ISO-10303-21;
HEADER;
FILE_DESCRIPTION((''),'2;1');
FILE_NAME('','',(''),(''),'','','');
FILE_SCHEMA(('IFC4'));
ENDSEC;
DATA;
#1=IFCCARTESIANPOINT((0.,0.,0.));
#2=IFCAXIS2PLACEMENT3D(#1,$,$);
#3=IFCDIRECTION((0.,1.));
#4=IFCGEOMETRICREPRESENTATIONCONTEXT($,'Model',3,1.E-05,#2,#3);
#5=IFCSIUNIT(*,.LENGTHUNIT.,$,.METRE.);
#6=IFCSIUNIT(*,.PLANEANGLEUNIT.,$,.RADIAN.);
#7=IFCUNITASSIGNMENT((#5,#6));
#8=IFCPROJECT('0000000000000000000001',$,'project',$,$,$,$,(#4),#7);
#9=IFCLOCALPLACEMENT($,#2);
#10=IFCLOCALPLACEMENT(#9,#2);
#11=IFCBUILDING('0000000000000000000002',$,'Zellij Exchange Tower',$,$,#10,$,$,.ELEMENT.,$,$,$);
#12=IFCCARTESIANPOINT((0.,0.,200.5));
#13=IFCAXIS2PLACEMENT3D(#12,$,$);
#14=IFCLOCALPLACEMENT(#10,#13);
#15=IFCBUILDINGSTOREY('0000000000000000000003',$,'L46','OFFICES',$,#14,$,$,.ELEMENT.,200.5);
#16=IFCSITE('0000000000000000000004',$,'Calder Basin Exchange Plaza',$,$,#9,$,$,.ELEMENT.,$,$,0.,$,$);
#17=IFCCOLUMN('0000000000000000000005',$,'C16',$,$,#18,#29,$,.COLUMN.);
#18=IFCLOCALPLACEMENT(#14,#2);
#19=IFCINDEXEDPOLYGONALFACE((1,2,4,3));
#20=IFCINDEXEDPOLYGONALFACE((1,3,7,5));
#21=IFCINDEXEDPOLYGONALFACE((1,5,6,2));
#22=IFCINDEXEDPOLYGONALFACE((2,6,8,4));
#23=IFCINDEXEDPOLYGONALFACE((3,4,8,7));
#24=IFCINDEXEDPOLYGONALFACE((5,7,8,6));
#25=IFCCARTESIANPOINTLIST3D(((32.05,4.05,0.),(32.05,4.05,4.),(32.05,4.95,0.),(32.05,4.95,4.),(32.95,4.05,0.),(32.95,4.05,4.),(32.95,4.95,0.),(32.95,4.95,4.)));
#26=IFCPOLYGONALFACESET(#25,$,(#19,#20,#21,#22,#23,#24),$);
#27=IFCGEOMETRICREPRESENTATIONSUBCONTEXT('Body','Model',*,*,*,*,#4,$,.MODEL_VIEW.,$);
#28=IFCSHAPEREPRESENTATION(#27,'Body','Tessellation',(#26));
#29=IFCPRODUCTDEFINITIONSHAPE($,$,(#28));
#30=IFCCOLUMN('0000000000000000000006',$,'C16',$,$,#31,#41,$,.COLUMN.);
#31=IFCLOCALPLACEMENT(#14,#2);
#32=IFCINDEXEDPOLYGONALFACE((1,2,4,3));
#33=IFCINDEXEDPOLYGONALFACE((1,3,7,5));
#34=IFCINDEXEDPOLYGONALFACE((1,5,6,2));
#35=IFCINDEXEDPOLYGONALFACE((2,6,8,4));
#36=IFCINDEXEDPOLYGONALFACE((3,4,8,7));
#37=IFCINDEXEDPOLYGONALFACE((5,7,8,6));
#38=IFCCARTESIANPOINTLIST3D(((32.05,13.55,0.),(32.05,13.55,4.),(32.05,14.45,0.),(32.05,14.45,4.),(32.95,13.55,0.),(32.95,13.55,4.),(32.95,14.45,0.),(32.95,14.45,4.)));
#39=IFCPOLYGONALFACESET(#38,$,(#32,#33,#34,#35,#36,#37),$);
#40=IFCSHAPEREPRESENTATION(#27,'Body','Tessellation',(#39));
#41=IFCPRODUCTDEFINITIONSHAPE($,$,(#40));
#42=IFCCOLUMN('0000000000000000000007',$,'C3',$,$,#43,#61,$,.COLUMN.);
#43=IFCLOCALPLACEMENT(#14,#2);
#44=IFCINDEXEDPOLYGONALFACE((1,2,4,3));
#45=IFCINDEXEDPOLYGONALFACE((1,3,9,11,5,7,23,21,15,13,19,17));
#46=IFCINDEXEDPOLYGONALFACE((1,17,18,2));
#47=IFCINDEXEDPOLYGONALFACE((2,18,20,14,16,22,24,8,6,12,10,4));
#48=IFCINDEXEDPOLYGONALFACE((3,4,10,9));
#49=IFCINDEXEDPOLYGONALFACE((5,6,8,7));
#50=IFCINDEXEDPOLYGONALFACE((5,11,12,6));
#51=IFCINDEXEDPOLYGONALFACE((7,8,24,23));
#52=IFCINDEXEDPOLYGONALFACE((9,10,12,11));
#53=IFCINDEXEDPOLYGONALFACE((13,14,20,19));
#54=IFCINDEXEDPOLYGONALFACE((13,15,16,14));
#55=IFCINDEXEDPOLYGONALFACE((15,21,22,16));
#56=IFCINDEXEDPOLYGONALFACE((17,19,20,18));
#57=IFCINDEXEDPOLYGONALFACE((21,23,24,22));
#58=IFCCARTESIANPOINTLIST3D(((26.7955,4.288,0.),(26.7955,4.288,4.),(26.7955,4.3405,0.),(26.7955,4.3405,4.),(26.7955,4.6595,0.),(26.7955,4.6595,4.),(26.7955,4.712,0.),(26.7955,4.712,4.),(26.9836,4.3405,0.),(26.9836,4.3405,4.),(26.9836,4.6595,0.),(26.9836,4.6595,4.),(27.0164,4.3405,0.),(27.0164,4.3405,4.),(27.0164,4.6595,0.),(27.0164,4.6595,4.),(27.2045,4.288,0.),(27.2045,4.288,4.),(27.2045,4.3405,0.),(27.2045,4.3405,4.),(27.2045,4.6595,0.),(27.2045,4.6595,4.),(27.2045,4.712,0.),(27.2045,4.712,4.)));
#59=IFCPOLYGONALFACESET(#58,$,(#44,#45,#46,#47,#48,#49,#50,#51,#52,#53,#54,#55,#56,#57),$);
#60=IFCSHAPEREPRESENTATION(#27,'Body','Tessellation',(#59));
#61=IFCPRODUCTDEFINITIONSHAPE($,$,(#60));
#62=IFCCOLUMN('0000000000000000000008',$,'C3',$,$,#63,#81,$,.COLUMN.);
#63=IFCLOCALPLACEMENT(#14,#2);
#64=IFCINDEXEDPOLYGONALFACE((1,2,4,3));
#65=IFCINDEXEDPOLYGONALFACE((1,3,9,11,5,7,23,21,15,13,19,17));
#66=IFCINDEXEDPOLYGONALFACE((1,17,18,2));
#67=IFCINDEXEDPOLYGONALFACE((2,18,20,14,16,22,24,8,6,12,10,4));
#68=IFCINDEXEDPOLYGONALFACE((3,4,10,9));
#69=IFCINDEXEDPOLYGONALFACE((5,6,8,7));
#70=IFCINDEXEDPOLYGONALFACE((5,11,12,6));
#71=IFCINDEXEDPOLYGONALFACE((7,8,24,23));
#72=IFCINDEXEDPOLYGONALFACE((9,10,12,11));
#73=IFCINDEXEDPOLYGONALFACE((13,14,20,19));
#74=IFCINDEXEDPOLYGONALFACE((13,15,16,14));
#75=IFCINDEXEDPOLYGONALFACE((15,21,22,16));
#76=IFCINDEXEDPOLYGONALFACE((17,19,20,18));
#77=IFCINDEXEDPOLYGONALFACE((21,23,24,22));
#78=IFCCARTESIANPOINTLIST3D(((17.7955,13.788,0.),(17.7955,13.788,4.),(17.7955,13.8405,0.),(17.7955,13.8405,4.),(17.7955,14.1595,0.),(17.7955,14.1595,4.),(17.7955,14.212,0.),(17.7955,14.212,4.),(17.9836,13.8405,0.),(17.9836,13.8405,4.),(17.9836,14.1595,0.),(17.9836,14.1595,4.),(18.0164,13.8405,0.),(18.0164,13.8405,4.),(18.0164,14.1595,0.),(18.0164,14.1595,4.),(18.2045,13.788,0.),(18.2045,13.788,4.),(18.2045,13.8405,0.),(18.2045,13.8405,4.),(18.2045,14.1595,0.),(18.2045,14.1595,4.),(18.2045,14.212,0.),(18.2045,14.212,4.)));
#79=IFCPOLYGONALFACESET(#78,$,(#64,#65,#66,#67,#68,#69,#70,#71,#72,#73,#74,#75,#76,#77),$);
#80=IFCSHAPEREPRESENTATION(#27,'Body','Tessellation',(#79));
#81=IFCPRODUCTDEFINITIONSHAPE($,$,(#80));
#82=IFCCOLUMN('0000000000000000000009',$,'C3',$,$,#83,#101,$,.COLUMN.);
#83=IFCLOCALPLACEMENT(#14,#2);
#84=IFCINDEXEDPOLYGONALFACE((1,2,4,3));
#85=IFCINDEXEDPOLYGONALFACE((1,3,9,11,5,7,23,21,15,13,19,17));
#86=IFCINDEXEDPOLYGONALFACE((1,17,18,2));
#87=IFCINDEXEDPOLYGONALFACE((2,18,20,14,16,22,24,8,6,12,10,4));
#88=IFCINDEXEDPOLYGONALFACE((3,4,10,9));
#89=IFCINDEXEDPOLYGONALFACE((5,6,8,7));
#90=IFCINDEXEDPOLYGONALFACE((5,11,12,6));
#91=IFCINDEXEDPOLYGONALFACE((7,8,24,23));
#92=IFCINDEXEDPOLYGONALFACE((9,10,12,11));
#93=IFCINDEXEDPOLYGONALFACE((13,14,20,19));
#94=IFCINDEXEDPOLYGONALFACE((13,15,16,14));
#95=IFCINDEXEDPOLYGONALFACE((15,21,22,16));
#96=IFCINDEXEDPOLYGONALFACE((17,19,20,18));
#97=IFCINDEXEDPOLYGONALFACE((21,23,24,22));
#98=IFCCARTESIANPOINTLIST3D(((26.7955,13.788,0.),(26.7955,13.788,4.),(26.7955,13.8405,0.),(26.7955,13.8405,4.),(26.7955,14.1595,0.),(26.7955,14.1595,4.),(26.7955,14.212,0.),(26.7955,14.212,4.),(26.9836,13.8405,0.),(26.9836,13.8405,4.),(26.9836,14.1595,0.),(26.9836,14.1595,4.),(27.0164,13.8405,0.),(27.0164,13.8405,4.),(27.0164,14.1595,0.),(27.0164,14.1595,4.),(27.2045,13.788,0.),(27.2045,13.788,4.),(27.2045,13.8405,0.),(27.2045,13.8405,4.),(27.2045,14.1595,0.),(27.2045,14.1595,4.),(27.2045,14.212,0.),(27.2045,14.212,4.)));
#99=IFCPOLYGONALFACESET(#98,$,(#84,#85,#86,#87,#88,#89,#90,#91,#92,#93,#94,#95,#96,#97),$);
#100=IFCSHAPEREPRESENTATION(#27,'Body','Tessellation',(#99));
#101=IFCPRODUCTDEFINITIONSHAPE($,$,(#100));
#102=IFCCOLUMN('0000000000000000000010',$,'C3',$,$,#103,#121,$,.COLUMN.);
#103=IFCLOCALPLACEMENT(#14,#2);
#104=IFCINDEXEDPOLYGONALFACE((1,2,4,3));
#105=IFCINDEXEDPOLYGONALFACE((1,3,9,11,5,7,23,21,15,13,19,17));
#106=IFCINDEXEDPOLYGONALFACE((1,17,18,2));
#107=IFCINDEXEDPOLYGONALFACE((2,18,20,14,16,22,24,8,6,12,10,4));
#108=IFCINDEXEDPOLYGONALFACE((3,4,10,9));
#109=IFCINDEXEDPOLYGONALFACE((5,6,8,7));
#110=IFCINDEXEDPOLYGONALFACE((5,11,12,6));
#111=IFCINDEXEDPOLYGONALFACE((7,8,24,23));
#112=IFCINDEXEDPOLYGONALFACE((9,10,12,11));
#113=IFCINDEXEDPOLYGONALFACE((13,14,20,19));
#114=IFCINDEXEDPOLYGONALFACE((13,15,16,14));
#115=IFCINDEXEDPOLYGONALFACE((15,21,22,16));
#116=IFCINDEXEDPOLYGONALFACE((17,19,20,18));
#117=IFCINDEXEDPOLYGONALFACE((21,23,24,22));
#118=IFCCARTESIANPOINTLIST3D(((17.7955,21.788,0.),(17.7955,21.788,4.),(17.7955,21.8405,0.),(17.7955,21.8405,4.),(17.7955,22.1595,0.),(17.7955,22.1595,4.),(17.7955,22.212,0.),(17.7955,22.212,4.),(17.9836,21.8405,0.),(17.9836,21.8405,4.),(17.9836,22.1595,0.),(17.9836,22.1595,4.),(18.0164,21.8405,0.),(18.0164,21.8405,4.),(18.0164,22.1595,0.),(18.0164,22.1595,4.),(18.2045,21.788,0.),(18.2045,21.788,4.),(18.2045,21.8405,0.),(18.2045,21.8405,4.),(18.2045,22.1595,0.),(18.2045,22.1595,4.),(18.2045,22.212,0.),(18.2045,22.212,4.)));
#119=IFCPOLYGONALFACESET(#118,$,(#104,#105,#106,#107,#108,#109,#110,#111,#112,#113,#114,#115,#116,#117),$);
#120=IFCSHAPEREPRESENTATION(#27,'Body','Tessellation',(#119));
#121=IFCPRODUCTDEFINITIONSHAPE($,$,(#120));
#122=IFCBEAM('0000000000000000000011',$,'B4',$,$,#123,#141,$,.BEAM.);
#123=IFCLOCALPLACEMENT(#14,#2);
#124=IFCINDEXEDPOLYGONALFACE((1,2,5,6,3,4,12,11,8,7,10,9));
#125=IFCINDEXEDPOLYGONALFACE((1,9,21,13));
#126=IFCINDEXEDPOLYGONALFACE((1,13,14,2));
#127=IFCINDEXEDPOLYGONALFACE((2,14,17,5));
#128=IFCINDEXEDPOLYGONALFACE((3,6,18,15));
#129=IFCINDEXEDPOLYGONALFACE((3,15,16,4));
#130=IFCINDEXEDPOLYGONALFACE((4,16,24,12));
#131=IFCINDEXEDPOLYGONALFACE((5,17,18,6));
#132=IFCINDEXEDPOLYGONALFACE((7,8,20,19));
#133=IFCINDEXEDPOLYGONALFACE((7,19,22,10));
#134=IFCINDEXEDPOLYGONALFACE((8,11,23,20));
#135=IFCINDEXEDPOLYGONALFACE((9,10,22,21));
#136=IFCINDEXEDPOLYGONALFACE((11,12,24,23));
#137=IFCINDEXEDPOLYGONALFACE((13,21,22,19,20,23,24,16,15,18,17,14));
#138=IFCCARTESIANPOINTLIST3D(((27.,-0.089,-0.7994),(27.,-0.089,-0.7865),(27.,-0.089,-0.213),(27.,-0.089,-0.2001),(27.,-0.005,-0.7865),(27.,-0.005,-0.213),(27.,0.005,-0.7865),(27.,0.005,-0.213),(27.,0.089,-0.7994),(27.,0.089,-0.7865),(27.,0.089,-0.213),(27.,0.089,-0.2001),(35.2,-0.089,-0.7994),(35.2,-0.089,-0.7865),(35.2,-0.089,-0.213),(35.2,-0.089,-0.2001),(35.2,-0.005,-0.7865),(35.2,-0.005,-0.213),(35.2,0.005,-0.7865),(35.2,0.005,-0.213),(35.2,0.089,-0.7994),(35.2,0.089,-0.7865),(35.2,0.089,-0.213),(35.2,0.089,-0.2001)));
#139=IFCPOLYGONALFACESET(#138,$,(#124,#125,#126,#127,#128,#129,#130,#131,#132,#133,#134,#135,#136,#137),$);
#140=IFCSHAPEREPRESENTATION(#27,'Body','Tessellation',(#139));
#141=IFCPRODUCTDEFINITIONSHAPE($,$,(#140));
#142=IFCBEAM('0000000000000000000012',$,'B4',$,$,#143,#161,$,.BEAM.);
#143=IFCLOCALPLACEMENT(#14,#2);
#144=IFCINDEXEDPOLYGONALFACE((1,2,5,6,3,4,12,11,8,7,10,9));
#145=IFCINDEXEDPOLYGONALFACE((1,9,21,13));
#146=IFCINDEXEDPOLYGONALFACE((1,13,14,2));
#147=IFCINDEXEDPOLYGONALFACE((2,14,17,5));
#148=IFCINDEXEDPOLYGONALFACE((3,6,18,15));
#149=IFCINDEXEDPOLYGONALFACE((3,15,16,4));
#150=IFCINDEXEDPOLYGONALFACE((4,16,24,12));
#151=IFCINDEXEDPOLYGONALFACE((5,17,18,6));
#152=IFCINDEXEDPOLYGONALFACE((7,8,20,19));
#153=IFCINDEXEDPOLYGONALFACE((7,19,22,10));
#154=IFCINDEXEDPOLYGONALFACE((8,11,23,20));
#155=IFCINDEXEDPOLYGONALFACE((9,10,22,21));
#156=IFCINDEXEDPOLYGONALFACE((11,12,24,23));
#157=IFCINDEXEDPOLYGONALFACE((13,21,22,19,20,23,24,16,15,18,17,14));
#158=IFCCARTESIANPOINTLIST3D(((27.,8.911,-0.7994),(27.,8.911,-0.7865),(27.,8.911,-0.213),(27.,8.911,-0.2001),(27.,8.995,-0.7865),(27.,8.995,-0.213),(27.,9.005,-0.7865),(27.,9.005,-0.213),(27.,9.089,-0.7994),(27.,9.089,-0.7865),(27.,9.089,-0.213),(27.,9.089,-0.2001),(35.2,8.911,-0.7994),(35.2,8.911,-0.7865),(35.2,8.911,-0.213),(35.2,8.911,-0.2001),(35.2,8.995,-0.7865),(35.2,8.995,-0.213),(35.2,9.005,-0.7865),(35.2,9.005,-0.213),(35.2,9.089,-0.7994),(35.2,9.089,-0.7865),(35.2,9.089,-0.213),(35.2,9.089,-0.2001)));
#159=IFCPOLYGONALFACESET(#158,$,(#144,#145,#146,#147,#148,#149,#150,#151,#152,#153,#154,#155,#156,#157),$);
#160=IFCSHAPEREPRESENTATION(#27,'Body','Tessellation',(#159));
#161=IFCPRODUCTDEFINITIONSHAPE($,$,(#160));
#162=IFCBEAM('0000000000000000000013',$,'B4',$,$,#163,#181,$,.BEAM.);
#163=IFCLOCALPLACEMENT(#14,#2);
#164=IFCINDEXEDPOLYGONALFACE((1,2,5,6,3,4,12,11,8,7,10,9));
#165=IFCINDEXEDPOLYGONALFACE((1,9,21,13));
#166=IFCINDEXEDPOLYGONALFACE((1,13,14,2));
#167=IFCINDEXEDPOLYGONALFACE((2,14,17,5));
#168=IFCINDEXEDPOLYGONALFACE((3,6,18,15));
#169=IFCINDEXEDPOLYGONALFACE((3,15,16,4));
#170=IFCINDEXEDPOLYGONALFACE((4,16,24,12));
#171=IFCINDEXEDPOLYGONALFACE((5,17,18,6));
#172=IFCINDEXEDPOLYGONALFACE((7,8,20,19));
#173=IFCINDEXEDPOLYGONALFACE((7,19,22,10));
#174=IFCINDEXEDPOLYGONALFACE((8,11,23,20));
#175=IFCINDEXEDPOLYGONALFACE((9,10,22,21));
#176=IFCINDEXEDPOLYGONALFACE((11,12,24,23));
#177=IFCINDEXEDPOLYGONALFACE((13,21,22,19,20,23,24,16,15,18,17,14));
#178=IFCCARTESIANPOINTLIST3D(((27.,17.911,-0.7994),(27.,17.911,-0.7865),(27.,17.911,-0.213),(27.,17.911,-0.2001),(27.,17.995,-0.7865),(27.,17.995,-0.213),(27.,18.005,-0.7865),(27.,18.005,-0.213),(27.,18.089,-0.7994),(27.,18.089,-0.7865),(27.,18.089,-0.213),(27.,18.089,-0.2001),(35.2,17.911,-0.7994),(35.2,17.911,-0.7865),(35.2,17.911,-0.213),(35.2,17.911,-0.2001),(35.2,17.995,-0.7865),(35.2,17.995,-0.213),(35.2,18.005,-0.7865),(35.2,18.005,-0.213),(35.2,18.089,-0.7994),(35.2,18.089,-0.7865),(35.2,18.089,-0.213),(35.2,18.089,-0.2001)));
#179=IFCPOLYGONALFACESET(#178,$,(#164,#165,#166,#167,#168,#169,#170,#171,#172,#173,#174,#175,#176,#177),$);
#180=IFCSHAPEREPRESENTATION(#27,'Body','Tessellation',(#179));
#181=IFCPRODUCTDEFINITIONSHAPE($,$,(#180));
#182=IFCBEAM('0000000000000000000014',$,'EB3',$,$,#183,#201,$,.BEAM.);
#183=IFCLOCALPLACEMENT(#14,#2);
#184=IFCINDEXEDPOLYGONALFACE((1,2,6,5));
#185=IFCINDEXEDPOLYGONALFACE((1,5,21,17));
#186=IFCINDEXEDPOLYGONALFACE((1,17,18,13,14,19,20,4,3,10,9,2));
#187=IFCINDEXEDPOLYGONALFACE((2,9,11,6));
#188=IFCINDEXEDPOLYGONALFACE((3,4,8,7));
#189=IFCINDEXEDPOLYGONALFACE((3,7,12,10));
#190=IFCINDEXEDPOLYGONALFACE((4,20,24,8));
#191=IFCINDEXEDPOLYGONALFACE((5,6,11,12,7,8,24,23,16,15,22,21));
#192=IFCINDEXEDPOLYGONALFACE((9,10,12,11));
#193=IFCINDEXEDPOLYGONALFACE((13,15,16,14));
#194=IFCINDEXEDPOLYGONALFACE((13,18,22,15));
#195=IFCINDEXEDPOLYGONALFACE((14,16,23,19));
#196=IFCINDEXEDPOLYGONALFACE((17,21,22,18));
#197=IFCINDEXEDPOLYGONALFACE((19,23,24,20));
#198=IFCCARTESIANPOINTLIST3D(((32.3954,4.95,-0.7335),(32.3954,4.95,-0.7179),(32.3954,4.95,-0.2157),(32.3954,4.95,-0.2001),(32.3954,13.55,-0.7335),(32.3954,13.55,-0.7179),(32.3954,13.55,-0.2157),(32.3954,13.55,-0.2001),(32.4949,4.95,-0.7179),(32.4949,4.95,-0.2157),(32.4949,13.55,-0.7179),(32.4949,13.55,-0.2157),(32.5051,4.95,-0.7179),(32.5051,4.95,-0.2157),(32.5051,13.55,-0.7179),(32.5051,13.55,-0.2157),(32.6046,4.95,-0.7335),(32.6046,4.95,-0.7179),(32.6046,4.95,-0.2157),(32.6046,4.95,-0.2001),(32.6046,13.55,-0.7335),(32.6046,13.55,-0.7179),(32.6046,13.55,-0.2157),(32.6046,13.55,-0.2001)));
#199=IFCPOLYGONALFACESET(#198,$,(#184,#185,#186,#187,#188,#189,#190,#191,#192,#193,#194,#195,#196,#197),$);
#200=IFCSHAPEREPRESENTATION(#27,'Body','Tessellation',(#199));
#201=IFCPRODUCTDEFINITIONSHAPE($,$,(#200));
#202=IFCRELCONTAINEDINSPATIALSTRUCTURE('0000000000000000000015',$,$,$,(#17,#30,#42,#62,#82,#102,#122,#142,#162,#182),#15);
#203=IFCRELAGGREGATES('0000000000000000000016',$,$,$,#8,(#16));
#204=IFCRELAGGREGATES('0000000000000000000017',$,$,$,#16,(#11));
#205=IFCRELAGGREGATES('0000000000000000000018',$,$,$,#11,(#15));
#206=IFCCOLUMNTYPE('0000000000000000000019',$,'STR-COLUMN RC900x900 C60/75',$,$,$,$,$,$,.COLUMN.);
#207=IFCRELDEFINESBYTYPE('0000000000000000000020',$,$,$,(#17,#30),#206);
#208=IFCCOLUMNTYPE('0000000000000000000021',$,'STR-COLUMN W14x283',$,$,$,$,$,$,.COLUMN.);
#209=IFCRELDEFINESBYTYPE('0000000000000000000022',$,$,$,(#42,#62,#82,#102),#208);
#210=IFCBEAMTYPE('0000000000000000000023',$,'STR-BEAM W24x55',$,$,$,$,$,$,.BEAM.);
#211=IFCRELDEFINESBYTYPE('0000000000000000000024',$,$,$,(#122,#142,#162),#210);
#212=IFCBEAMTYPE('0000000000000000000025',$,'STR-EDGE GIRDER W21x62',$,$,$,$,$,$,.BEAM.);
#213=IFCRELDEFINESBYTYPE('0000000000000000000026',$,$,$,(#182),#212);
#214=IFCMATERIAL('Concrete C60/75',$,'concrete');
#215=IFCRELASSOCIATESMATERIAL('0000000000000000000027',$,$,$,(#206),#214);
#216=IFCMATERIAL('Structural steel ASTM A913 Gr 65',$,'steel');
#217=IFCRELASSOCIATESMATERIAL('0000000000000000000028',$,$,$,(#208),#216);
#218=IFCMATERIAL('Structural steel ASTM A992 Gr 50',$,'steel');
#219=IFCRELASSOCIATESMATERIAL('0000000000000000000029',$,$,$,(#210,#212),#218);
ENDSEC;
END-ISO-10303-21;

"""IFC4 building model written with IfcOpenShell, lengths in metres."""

from ifc_helpers import new_model, si_unit, direction, frame, origin, origin_2d, place, context, subcontext, project, spatial, rectangle, i_section, extrude, material, material_profile, profile_set, type_object, element, save


model = new_model("IFC4")

# Units and contexts
model_context = context("Model", 3, precision=1e-05, world=origin(), true_north=direction((0.0, 1.0)))
body_context = subcontext(model_context, "Body", "Model", "MODEL_VIEW")
ifc_project = project(units=[si_unit("LENGTHUNIT", "METRE"), si_unit("PLANEANGLEUNIT", "RADIAN")], contexts=[model_context])

# Site, building, storey
site_placement = place(None, origin())
site = spatial("IfcSite", under=ifc_project, at=site_placement, Name="Calder Basin Exchange Plaza", CompositionType="ELEMENT", RefElevation=0.0)
building_placement = place(site_placement, origin())
building = spatial("IfcBuilding", under=site, at=building_placement, Name="Zellij Exchange Tower", CompositionType="ELEMENT")
storey_placement = place(building_placement, frame((0.0, 0.0, 200.5)))
storey = spatial("IfcBuildingStorey", under=building, at=storey_placement, Name="L46", Description="OFFICES", CompositionType="ELEMENT", Elevation=200.5)

# Columns
ifc_material_1 = material(Name="Concrete C60/75", Category="concrete")
ifc_material_profile_1 = material_profile(ifc_material_1, rectangle(XDim=0.8999, YDim=0.8999, at=origin_2d()), Name="STR-COLUMN RC900x900 C60/75")
ifc_profile_set_1 = profile_set([ifc_material_profile_1], Name="Concrete C60/75")
column_type_1 = type_object("IfcColumnType", Name="STR-COLUMN RC900x900 C60/75", PredefinedType="COLUMN", material=ifc_profile_set_1)
for number, where, z_axis, x_axis, name in (
    (1, (32.5, 4.5, 0.0), (0.0, 0.0, 1.0), (1.0, 0.0, 0.0), "C16"),
    (2, (32.5, 14.0, 0.0), (0.0, 0.0, 1.0), (1.0, 0.0, 0.0), "C16"),
):
    element("IfcColumn", number, at=place(storey_placement, frame(where, z_axis=z_axis, x_axis=x_axis)), inside=storey, type_object=column_type_1, Name=name, PredefinedType="COLUMN", context=body_context, shape_type="SweptSolid", body=[
        extrude(rectangle(XDim=0.8999, YDim=0.8999, at=origin_2d()), origin(), (0.0, 0.0, 1.0), 4.0),
    ])
ifc_material_2 = material(Name="Structural steel ASTM A913 Gr 65", Category="steel")
ifc_material_profile_2 = material_profile(ifc_material_2, i_section(OverallWidth=0.4089, OverallDepth=0.4241, WebThickness=0.0327, FlangeThickness=0.0525, at=origin_2d()), Name="W14x283")
ifc_profile_set_2 = profile_set([ifc_material_profile_2], Name="Structural steel ASTM A913 Gr 65")
column_type_2 = type_object("IfcColumnType", Name="STR-COLUMN W14x283", PredefinedType="COLUMN", material=ifc_profile_set_2)
for number, where, z_axis, x_axis, name in (
    (3, (27.0, 4.5, 0.0), (0.0, 0.0, 1.0), (1.0, 0.0, 0.0), "C3"),
    (4, (18.0, 14.0, 0.0), (0.0, 0.0, 1.0), (1.0, 0.0, 0.0), "C3"),
    (5, (27.0, 14.0, 0.0), (0.0, 0.0, 1.0), (1.0, 0.0, 0.0), "C3"),
    (6, (18.0, 22.0, 0.0), (0.0, 0.0, 1.0), (1.0, 0.0, 0.0), "C3"),
):
    element("IfcColumn", number, at=place(storey_placement, frame(where, z_axis=z_axis, x_axis=x_axis)), inside=storey, type_object=column_type_2, Name=name, PredefinedType="COLUMN", context=body_context, shape_type="SweptSolid", body=[
        extrude(i_section(OverallWidth=0.4089, OverallDepth=0.4241, WebThickness=0.0327, FlangeThickness=0.0525, at=origin_2d()), origin(), (0.0, 0.0, 1.0), 4.0),
    ])

# Beams
ifc_material_3 = material(Name="Structural steel ASTM A992 Gr 50", Category="steel")
ifc_material_profile_3 = material_profile(ifc_material_3, i_section(OverallWidth=0.178, OverallDepth=0.5994, WebThickness=0.01, FlangeThickness=0.0129, at=origin_2d()), Name="W24x55")
ifc_profile_set_3 = profile_set([ifc_material_profile_3], Name="Structural steel ASTM A992 Gr 50")
beam_type_1 = type_object("IfcBeamType", Name="STR-BEAM W24x55", PredefinedType="BEAM", material=ifc_profile_set_3)
for number, where, z_axis, x_axis, name in (
    (7, (27.0, 0.0, -0.4998), (1.0, 0.0, 0.0), (0.0, 1.0, 0.0), "B4"),
    (8, (27.0, 9.0, -0.4998), (1.0, 0.0, 0.0), (0.0, 1.0, 0.0), "B4"),
    (9, (27.0, 18.0, -0.4998), (1.0, 0.0, 0.0), (0.0, 1.0, 0.0), "B4"),
):
    element("IfcBeam", number, at=place(storey_placement, frame(where, z_axis=z_axis, x_axis=x_axis)), inside=storey, type_object=beam_type_1, Name=name, PredefinedType="BEAM", context=body_context, shape_type="SweptSolid", body=[
        extrude(i_section(OverallWidth=0.178, OverallDepth=0.5994, WebThickness=0.01, FlangeThickness=0.0129, at=origin_2d()), origin(), (0.0, 0.0, 1.0), 8.2),
    ])
ifc_material_profile_4 = material_profile(ifc_material_3, i_section(OverallWidth=0.2092, OverallDepth=0.5334, WebThickness=0.0103, FlangeThickness=0.0156, at=origin_2d()), Name="W21x62")
ifc_profile_set_4 = profile_set([ifc_material_profile_4], Name="Structural steel ASTM A992 Gr 50")
beam_type_2 = type_object("IfcBeamType", Name="STR-EDGE GIRDER W21x62", PredefinedType="BEAM", material=ifc_profile_set_4)
beam_1_placement = place(storey_placement, frame((32.5, 4.95, -0.4668), z_axis=(0.0, 1.0, 0.0), x_axis=(-1.0, 0.0, 0.0)))
element("IfcBeam", 10, at=beam_1_placement, inside=storey, type_object=beam_type_2, Name="EB3", PredefinedType="BEAM", context=body_context, shape_type="SweptSolid", body=[
    extrude(i_section(OverallWidth=0.2092, OverallDepth=0.5334, WebThickness=0.0103, FlangeThickness=0.0156, at=origin_2d()), origin(), (0.0, 0.0, 1.0), 8.6001),
])

save(model, "model.ifc")
